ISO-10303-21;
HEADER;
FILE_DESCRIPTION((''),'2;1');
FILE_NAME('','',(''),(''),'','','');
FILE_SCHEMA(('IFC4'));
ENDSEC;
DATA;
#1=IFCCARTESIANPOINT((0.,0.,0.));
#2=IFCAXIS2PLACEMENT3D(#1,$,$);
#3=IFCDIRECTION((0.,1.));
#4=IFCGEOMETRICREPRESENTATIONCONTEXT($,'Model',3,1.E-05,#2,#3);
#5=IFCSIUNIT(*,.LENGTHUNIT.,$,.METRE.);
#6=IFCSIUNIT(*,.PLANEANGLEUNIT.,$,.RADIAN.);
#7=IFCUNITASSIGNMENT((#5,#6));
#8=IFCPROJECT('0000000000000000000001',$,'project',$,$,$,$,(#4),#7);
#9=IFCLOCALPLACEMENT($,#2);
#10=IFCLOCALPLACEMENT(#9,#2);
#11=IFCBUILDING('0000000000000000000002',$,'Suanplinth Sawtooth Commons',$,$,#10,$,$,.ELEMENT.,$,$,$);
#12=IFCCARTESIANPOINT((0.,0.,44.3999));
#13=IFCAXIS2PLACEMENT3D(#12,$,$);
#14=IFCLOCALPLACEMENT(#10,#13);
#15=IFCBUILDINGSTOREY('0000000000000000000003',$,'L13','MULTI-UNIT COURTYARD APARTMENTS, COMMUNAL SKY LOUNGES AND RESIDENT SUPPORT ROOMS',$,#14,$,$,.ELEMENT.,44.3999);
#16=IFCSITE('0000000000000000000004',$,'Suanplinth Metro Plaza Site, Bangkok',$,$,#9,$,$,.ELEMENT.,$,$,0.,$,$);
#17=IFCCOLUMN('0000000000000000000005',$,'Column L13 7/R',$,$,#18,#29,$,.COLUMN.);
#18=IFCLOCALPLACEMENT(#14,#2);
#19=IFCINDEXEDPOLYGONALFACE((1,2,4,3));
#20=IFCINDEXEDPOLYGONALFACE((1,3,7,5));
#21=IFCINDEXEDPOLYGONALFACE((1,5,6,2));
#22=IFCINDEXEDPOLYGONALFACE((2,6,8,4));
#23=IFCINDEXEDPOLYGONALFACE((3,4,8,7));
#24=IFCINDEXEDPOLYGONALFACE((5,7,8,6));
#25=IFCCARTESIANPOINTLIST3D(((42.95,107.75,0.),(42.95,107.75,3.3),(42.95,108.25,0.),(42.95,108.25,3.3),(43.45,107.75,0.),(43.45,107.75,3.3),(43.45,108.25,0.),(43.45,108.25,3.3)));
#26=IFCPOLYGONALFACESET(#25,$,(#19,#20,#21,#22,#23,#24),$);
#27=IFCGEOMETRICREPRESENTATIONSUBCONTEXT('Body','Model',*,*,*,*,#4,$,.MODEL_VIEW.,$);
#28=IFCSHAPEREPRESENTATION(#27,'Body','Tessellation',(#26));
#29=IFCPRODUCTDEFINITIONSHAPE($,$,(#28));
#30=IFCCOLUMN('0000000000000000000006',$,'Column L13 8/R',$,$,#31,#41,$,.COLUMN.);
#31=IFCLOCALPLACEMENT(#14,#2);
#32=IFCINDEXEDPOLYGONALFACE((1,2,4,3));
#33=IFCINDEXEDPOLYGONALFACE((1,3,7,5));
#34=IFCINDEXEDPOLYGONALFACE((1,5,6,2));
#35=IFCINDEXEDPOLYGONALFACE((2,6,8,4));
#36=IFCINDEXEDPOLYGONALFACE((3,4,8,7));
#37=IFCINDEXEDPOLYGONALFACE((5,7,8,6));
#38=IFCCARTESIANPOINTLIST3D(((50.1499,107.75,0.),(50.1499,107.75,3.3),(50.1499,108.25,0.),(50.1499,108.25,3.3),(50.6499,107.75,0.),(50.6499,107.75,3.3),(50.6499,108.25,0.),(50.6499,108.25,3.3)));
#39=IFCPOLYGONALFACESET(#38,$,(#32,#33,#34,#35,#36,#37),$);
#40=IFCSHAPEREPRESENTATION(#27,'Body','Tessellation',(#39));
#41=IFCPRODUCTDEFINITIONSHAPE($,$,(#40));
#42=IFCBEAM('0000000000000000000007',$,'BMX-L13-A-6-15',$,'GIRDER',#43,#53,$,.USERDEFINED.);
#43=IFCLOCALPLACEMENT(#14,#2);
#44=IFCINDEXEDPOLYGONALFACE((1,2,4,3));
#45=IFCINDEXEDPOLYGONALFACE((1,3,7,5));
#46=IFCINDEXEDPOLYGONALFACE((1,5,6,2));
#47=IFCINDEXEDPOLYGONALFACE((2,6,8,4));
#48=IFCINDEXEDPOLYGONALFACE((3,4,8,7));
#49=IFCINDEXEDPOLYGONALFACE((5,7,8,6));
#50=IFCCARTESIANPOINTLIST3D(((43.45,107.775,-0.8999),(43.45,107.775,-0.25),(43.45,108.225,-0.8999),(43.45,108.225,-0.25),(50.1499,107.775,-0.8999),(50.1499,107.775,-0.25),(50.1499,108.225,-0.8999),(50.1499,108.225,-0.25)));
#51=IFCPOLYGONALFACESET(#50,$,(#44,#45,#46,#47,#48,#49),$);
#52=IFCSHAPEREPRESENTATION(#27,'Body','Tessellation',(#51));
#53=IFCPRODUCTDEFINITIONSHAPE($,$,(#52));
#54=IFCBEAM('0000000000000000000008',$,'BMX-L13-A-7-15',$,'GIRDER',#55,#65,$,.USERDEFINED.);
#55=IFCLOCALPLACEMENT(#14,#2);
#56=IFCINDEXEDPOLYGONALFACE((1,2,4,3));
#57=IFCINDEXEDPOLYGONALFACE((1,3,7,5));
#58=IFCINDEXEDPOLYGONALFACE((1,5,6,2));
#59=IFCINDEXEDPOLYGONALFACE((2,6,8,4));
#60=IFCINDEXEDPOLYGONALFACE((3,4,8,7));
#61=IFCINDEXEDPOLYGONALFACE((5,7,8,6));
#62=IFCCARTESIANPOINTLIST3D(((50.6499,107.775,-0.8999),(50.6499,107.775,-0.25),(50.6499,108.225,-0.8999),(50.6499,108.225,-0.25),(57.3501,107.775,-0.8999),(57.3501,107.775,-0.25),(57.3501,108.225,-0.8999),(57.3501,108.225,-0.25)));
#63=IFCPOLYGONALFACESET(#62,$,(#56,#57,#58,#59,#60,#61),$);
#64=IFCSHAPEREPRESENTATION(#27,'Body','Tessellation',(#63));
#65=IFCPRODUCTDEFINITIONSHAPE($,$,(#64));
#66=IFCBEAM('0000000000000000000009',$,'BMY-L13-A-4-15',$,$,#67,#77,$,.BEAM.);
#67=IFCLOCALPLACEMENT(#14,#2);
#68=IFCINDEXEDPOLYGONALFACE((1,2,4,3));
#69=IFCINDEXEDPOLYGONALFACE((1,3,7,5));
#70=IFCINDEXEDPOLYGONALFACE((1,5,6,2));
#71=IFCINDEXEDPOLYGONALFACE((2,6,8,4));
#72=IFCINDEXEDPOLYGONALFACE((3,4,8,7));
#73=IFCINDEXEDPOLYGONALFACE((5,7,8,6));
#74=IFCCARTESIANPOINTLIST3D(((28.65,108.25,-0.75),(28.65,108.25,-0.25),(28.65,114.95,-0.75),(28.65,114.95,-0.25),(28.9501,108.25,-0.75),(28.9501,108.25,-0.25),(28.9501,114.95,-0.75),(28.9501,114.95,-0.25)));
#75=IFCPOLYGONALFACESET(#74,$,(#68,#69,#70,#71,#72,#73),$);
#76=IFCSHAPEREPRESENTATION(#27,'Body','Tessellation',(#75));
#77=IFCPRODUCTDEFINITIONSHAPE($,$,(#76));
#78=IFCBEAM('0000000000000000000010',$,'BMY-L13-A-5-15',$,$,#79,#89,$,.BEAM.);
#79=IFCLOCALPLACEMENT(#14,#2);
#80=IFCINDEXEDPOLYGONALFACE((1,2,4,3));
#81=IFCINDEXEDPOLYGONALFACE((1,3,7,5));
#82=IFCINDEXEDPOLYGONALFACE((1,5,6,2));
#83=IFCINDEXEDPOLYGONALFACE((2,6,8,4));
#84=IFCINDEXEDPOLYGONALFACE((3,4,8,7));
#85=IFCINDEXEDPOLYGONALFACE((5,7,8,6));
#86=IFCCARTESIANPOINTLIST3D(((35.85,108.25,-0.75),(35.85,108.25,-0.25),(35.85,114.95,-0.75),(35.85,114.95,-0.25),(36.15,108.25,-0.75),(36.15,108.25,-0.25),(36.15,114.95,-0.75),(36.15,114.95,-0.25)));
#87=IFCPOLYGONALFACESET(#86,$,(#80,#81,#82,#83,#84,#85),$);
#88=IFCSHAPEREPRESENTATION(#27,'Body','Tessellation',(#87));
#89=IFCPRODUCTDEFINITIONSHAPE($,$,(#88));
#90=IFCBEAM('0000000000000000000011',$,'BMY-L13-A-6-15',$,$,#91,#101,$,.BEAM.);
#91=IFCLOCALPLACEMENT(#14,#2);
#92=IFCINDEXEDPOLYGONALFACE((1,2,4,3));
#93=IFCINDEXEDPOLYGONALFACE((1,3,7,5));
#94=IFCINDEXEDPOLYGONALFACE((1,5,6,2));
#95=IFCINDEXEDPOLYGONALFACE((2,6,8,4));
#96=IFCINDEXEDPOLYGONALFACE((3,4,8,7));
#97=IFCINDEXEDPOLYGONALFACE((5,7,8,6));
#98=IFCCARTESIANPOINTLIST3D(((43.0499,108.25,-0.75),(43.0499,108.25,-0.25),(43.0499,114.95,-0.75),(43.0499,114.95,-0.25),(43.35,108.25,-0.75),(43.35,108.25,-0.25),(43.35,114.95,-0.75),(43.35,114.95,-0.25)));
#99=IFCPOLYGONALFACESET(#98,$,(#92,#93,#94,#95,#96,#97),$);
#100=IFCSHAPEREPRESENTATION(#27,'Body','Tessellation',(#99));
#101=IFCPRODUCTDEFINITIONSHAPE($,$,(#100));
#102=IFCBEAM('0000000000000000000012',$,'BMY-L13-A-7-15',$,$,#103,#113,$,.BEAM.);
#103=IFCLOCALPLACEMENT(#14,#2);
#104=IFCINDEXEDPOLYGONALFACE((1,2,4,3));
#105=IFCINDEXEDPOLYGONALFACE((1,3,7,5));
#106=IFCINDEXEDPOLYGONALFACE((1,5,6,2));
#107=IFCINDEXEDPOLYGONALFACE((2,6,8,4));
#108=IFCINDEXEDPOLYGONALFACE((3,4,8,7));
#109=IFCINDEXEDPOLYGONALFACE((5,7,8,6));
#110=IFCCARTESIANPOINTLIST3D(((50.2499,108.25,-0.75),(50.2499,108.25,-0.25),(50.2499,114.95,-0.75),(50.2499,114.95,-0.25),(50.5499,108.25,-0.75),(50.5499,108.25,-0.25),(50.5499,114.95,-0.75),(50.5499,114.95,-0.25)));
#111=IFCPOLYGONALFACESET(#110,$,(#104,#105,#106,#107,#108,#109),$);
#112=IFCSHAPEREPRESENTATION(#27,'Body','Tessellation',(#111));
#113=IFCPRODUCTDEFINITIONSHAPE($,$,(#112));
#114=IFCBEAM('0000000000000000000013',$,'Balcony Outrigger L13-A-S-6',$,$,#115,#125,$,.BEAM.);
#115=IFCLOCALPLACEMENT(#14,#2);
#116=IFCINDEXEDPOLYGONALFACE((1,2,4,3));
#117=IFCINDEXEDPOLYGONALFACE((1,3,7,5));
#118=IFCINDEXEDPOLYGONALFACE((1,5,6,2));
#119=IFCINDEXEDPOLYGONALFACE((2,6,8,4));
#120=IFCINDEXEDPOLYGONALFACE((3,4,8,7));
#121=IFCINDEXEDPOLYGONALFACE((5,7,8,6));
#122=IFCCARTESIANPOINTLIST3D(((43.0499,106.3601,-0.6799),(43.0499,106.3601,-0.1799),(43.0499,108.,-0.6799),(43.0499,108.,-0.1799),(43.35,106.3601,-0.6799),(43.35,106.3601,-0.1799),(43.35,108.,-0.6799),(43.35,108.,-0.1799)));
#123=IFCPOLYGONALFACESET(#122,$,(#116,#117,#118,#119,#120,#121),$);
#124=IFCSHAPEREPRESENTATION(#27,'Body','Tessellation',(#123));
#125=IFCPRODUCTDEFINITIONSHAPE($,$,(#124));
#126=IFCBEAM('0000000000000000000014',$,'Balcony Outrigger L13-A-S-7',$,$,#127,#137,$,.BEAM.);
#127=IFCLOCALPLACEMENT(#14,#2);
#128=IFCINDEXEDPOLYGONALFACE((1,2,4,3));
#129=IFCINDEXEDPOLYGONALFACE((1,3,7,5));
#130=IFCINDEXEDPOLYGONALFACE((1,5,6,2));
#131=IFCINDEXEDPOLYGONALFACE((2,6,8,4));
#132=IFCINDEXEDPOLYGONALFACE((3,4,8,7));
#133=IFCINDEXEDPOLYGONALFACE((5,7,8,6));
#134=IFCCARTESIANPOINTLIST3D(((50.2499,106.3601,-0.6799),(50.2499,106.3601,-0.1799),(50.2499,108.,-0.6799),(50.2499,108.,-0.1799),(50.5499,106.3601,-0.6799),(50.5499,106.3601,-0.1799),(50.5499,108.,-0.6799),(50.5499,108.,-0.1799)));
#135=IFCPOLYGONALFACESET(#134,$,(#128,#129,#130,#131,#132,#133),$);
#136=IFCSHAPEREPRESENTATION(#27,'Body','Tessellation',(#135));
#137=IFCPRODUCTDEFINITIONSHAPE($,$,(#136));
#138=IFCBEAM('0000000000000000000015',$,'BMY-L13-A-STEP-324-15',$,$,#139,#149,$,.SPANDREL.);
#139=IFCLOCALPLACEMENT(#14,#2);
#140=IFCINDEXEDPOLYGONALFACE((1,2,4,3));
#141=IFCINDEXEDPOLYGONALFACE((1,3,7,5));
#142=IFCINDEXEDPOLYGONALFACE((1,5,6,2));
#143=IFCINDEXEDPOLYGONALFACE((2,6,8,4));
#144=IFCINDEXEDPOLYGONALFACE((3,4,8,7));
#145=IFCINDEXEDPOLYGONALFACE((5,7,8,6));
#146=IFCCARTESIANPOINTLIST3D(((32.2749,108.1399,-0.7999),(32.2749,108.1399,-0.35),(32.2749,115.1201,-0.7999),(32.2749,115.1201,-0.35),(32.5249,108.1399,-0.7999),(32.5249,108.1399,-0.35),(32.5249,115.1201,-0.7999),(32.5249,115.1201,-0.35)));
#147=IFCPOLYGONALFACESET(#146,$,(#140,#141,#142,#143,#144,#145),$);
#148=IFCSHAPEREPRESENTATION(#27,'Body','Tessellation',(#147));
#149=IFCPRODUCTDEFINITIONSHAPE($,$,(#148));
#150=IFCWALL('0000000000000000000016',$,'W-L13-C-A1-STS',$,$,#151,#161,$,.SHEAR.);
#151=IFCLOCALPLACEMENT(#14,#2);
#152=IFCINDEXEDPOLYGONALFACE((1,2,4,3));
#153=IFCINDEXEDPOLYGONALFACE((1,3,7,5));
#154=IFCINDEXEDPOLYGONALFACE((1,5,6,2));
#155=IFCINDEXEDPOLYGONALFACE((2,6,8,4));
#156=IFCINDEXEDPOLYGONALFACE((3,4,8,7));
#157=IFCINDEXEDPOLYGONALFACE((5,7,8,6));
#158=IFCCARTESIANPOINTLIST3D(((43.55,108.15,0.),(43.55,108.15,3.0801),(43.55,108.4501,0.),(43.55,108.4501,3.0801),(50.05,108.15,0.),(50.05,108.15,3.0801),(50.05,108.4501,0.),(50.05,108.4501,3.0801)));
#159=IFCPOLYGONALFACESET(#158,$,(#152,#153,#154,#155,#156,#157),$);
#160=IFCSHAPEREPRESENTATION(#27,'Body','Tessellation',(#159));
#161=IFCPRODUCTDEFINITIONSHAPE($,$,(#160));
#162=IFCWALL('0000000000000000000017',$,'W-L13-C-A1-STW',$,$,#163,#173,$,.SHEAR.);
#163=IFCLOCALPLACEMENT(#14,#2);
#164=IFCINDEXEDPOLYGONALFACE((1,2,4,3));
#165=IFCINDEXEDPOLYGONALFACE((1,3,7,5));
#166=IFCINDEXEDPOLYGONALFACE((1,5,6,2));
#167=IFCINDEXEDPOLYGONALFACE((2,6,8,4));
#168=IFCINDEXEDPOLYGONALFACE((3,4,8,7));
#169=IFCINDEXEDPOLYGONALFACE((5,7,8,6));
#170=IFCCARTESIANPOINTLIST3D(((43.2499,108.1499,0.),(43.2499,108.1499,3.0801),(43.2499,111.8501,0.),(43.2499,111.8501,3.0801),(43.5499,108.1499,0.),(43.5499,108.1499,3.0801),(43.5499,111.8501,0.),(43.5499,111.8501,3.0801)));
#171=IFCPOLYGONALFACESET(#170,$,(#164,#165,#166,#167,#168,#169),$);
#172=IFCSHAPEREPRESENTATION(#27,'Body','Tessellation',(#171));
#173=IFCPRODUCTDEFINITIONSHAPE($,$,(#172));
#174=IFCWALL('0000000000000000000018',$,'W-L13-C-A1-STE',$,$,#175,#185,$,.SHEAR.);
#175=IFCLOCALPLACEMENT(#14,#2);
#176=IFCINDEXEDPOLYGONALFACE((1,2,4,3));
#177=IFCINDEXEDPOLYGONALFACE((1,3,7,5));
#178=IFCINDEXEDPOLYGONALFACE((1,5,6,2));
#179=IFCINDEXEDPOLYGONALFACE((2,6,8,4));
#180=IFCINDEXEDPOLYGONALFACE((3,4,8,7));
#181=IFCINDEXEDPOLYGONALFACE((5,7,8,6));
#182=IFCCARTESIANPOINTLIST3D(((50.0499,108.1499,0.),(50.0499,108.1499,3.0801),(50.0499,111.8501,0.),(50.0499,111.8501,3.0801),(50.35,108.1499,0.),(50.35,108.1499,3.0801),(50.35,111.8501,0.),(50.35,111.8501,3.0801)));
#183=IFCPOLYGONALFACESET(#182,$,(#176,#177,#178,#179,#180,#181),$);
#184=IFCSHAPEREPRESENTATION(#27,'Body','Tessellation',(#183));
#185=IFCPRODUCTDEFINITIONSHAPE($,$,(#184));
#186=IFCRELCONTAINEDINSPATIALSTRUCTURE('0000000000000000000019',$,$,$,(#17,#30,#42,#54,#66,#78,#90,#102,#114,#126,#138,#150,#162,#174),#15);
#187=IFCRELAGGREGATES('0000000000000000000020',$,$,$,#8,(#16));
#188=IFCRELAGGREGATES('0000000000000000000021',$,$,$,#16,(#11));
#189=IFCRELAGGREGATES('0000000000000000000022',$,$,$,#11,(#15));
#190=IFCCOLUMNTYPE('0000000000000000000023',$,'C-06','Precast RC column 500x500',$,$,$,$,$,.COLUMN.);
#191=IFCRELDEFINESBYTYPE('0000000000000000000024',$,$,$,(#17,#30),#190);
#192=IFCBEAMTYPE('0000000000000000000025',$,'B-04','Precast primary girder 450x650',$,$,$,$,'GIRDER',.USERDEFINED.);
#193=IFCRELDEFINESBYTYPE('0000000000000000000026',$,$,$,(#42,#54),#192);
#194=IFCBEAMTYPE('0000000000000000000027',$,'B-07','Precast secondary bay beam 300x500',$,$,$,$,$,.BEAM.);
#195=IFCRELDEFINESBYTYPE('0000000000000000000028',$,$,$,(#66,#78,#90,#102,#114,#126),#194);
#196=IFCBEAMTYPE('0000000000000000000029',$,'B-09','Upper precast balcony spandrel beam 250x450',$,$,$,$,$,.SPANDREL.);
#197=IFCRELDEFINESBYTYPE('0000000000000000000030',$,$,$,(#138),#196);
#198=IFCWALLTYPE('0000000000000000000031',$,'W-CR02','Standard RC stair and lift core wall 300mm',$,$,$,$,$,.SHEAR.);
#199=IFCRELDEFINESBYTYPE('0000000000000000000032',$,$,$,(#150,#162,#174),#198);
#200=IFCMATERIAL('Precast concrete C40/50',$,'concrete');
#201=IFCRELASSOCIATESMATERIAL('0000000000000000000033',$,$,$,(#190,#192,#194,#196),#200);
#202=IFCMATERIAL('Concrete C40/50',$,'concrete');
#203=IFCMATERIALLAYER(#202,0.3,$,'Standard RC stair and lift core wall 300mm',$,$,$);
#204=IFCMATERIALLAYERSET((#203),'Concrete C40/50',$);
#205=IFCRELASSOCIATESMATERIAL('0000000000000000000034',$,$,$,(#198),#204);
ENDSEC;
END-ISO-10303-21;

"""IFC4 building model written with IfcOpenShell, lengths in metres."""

from ifc_helpers import new_model, si_unit, direction, frame, frame_2d, origin, origin_2d, place, context, subcontext, project, spatial, rectangle, extrude, material, layer, layer_set, material_profile, profile_set, type_object, element, save


model = new_model("IFC4")

# Units and contexts
model_context = context("Model", 3, precision=1e-05, world=origin(), true_north=direction((0.0, 1.0)))
body_context = subcontext(model_context, "Body", "Model", "MODEL_VIEW")
ifc_project = project(units=[si_unit("LENGTHUNIT", "METRE"), si_unit("PLANEANGLEUNIT", "RADIAN")], contexts=[model_context])

# Site, building, storey
site_placement = place(None, origin())
site = spatial("IfcSite", under=ifc_project, at=site_placement, Name="Suanplinth Metro Plaza Site, Bangkok", CompositionType="ELEMENT", RefElevation=0.0)
building_placement = place(site_placement, origin())
building = spatial("IfcBuilding", under=site, at=building_placement, Name="Suanplinth Sawtooth Commons", CompositionType="ELEMENT")
storey_placement = place(building_placement, frame((0.0, 0.0, 44.3999)))
storey = spatial("IfcBuildingStorey", under=building, at=storey_placement, Name="L13", Description="MULTI-UNIT COURTYARD APARTMENTS, COMMUNAL SKY LOUNGES AND RESIDENT SUPPORT ROOMS", CompositionType="ELEMENT", Elevation=44.3999)

# Columns
ifc_material_1 = material(Name="Precast concrete C40/50", Category="concrete")
ifc_material_profile_1 = material_profile(ifc_material_1, rectangle(XDim=0.5, YDim=0.5, at=origin_2d()), Name="PC-COL 500x500")
ifc_profile_set_1 = profile_set([ifc_material_profile_1], Name="Precast concrete C40/50")
column_type = type_object("IfcColumnType", Name="C-06", Description="Precast RC column 500x500", PredefinedType="COLUMN", material=ifc_profile_set_1)
for number, where, z_axis, x_axis, name in (
    (1, (43.2, 108.0, 0.0), (0.0, 0.0, 1.0), (1.0, 0.0, 0.0), "Column L13 7/R"),
    (2, (50.3999, 108.0, 0.0), (0.0, 0.0, 1.0), (1.0, 0.0, 0.0), "Column L13 8/R"),
):
    element("IfcColumn", number, at=place(storey_placement, frame(where, z_axis=z_axis, x_axis=x_axis)), inside=storey, type_object=column_type, Name=name, PredefinedType="COLUMN", context=body_context, shape_type="SweptSolid", body=[
        extrude(rectangle(XDim=0.5, YDim=0.5, at=origin_2d()), origin(), (0.0, 0.0, 1.0), 3.3),
    ])

# Beams
ifc_material_profile_2 = material_profile(ifc_material_1, rectangle(XDim=0.45, YDim=0.6499, at=origin_2d()), Name="PC-GDR 450x650")
ifc_profile_set_2 = profile_set([ifc_material_profile_2], Name="Precast concrete C40/50")
beam_type_1 = type_object("IfcBeamType", Name="B-04", Description="Precast primary girder 450x650", ElementType="GIRDER", PredefinedType="USERDEFINED", material=ifc_profile_set_2)
beam_1_placement = place(storey_placement, frame((43.45, 108.0, -0.575), z_axis=(1.0, 0.0, 0.0), x_axis=(0.0, 1.0, 0.0)))
element("IfcBeam", 3, at=beam_1_placement, inside=storey, type_object=beam_type_1, Name="BMX-L13-A-6-15", ObjectType="GIRDER", PredefinedType="USERDEFINED", context=body_context, shape_type="SweptSolid", body=[
    extrude(rectangle(XDim=0.45, YDim=0.6499, at=origin_2d()), origin(), (0.0, 0.0, 1.0), 6.7),
])
beam_2_placement = place(storey_placement, frame((50.6499, 108.0, -0.575), z_axis=(1.0, 0.0, 0.0), x_axis=(0.0, 1.0, 0.0)))
element("IfcBeam", 4, at=beam_2_placement, inside=storey, type_object=beam_type_1, Name="BMX-L13-A-7-15", ObjectType="GIRDER", PredefinedType="USERDEFINED", context=body_context, shape_type="SweptSolid", body=[
    extrude(rectangle(XDim=0.45, YDim=0.6499, at=origin_2d()), origin(), (0.0, 0.0, 1.0), 6.7002),
])
ifc_material_profile_3 = material_profile(ifc_material_1, rectangle(XDim=0.3, YDim=0.5, at=origin_2d()), Name="PC-BM 300x500")
ifc_profile_set_3 = profile_set([ifc_material_profile_3], Name="Precast concrete C40/50")
beam_type_2 = type_object("IfcBeamType", Name="B-07", Description="Precast secondary bay beam 300x500", PredefinedType="BEAM", material=ifc_profile_set_3)
for number, where, z_axis, x_axis, name in (
    (5, (28.8, 108.25, -0.5), (0.0, 1.0, 0.0), (-1.0, 0.0, 0.0), "BMY-L13-A-4-15"),
    (6, (36.0, 108.25, -0.5), (0.0, 1.0, 0.0), (-1.0, 0.0, 0.0), "BMY-L13-A-5-15"),
    (7, (43.2, 108.25, -0.5), (0.0, 1.0, 0.0), (-1.0, 0.0, 0.0), "BMY-L13-A-6-15"),
    (8, (50.3999, 108.25, -0.5), (0.0, 1.0, 0.0), (-1.0, 0.0, 0.0), "BMY-L13-A-7-15"),
):
    element("IfcBeam", number, at=place(storey_placement, frame(where, z_axis=z_axis, x_axis=x_axis)), inside=storey, type_object=beam_type_2, Name=name, PredefinedType="BEAM", context=body_context, shape_type="SweptSolid", body=[
        extrude(rectangle(XDim=0.3, YDim=0.5, at=origin_2d()), origin(), (0.0, 0.0, 1.0), 6.7),
    ])
for number, where, z_axis, x_axis, name in (
    (9, (43.2, 108.0, -0.4299), (0.0, -1.0, 0.0), (1.0, 0.0, 0.0), "Balcony Outrigger L13-A-S-6"),
    (10, (50.3999, 108.0, -0.4299), (0.0, -1.0, 0.0), (1.0, 0.0, 0.0), "Balcony Outrigger L13-A-S-7"),
):
    element("IfcBeam", number, at=place(storey_placement, frame(where, z_axis=z_axis, x_axis=x_axis)), inside=storey, type_object=beam_type_2, Name=name, PredefinedType="BEAM", context=body_context, shape_type="SweptSolid", body=[
        extrude(rectangle(XDim=0.3, YDim=0.5, at=origin_2d()), origin(), (0.0, 0.0, 1.0), 1.6399),
    ])
ifc_material_profile_4 = material_profile(ifc_material_1, rectangle(XDim=0.25, YDim=0.45, at=origin_2d()), Name="PC-SP 250x450")
ifc_profile_set_4 = profile_set([ifc_material_profile_4], Name="Precast concrete C40/50")
beam_type_3 = type_object("IfcBeamType", Name="B-09", Description="Upper precast balcony spandrel beam 250x450", PredefinedType="SPANDREL", material=ifc_profile_set_4)
beam_3_placement = place(storey_placement, frame((32.3999, 108.1399, -0.575), z_axis=(0.0, 1.0, 0.0), x_axis=(-1.0, 0.0, 0.0)))
element("IfcBeam", 11, at=beam_3_placement, inside=storey, type_object=beam_type_3, Name="BMY-L13-A-STEP-324-15", PredefinedType="SPANDREL", context=body_context, shape_type="SweptSolid", body=[
    extrude(rectangle(XDim=0.25, YDim=0.45, at=origin_2d()), origin(), (0.0, 0.0, 1.0), 6.9802),
])

# Walls
ifc_material_2 = material(Name="Concrete C40/50", Category="concrete")
ifc_layer_1 = layer(ifc_material_2, 0.3, Name="Standard RC stair and lift core wall 300mm")
ifc_layer_set_1 = layer_set([ifc_layer_1], Name="Concrete C40/50")
wall_type_1 = type_object("IfcWallType", Name="W-CR02", Description="Standard RC stair and lift core wall 300mm", PredefinedType="SHEAR", material=ifc_layer_set_1)
wall_1_placement = place(storey_placement, frame((43.55, 108.3, 0.0), z_axis=(0.0, 0.0, 1.0), x_axis=(1.0, 0.0, 0.0)))
element("IfcWall", 12, at=wall_1_placement, inside=storey, type_object=wall_type_1, Name="W-L13-C-A1-STS", PredefinedType="SHEAR", context=body_context, shape_type="SweptSolid", body=[
    extrude(rectangle(XDim=6.5, YDim=0.3, at=frame_2d((3.25, 0.0))), origin(), (0.0, 0.0, 1.0), 3.0801),
])
for number, where, z_axis, x_axis, name in (
    (13, (43.3999, 108.1499, 0.0), (0.0, 0.0, 1.0), (0.0, 1.0, 0.0), "W-L13-C-A1-STW"),
    (14, (50.2, 108.1499, 0.0), (0.0, 0.0, 1.0), (0.0, 1.0, 0.0), "W-L13-C-A1-STE"),
):
    element("IfcWall", number, at=place(storey_placement, frame(where, z_axis=z_axis, x_axis=x_axis)), inside=storey, type_object=wall_type_1, Name=name, PredefinedType="SHEAR", context=body_context, shape_type="SweptSolid", body=[
        extrude(rectangle(XDim=3.7002, YDim=0.3, at=frame_2d((1.8501, 0.0))), origin(), (0.0, 0.0, 1.0), 3.0801),
    ])

save(model, "model.ifc")
